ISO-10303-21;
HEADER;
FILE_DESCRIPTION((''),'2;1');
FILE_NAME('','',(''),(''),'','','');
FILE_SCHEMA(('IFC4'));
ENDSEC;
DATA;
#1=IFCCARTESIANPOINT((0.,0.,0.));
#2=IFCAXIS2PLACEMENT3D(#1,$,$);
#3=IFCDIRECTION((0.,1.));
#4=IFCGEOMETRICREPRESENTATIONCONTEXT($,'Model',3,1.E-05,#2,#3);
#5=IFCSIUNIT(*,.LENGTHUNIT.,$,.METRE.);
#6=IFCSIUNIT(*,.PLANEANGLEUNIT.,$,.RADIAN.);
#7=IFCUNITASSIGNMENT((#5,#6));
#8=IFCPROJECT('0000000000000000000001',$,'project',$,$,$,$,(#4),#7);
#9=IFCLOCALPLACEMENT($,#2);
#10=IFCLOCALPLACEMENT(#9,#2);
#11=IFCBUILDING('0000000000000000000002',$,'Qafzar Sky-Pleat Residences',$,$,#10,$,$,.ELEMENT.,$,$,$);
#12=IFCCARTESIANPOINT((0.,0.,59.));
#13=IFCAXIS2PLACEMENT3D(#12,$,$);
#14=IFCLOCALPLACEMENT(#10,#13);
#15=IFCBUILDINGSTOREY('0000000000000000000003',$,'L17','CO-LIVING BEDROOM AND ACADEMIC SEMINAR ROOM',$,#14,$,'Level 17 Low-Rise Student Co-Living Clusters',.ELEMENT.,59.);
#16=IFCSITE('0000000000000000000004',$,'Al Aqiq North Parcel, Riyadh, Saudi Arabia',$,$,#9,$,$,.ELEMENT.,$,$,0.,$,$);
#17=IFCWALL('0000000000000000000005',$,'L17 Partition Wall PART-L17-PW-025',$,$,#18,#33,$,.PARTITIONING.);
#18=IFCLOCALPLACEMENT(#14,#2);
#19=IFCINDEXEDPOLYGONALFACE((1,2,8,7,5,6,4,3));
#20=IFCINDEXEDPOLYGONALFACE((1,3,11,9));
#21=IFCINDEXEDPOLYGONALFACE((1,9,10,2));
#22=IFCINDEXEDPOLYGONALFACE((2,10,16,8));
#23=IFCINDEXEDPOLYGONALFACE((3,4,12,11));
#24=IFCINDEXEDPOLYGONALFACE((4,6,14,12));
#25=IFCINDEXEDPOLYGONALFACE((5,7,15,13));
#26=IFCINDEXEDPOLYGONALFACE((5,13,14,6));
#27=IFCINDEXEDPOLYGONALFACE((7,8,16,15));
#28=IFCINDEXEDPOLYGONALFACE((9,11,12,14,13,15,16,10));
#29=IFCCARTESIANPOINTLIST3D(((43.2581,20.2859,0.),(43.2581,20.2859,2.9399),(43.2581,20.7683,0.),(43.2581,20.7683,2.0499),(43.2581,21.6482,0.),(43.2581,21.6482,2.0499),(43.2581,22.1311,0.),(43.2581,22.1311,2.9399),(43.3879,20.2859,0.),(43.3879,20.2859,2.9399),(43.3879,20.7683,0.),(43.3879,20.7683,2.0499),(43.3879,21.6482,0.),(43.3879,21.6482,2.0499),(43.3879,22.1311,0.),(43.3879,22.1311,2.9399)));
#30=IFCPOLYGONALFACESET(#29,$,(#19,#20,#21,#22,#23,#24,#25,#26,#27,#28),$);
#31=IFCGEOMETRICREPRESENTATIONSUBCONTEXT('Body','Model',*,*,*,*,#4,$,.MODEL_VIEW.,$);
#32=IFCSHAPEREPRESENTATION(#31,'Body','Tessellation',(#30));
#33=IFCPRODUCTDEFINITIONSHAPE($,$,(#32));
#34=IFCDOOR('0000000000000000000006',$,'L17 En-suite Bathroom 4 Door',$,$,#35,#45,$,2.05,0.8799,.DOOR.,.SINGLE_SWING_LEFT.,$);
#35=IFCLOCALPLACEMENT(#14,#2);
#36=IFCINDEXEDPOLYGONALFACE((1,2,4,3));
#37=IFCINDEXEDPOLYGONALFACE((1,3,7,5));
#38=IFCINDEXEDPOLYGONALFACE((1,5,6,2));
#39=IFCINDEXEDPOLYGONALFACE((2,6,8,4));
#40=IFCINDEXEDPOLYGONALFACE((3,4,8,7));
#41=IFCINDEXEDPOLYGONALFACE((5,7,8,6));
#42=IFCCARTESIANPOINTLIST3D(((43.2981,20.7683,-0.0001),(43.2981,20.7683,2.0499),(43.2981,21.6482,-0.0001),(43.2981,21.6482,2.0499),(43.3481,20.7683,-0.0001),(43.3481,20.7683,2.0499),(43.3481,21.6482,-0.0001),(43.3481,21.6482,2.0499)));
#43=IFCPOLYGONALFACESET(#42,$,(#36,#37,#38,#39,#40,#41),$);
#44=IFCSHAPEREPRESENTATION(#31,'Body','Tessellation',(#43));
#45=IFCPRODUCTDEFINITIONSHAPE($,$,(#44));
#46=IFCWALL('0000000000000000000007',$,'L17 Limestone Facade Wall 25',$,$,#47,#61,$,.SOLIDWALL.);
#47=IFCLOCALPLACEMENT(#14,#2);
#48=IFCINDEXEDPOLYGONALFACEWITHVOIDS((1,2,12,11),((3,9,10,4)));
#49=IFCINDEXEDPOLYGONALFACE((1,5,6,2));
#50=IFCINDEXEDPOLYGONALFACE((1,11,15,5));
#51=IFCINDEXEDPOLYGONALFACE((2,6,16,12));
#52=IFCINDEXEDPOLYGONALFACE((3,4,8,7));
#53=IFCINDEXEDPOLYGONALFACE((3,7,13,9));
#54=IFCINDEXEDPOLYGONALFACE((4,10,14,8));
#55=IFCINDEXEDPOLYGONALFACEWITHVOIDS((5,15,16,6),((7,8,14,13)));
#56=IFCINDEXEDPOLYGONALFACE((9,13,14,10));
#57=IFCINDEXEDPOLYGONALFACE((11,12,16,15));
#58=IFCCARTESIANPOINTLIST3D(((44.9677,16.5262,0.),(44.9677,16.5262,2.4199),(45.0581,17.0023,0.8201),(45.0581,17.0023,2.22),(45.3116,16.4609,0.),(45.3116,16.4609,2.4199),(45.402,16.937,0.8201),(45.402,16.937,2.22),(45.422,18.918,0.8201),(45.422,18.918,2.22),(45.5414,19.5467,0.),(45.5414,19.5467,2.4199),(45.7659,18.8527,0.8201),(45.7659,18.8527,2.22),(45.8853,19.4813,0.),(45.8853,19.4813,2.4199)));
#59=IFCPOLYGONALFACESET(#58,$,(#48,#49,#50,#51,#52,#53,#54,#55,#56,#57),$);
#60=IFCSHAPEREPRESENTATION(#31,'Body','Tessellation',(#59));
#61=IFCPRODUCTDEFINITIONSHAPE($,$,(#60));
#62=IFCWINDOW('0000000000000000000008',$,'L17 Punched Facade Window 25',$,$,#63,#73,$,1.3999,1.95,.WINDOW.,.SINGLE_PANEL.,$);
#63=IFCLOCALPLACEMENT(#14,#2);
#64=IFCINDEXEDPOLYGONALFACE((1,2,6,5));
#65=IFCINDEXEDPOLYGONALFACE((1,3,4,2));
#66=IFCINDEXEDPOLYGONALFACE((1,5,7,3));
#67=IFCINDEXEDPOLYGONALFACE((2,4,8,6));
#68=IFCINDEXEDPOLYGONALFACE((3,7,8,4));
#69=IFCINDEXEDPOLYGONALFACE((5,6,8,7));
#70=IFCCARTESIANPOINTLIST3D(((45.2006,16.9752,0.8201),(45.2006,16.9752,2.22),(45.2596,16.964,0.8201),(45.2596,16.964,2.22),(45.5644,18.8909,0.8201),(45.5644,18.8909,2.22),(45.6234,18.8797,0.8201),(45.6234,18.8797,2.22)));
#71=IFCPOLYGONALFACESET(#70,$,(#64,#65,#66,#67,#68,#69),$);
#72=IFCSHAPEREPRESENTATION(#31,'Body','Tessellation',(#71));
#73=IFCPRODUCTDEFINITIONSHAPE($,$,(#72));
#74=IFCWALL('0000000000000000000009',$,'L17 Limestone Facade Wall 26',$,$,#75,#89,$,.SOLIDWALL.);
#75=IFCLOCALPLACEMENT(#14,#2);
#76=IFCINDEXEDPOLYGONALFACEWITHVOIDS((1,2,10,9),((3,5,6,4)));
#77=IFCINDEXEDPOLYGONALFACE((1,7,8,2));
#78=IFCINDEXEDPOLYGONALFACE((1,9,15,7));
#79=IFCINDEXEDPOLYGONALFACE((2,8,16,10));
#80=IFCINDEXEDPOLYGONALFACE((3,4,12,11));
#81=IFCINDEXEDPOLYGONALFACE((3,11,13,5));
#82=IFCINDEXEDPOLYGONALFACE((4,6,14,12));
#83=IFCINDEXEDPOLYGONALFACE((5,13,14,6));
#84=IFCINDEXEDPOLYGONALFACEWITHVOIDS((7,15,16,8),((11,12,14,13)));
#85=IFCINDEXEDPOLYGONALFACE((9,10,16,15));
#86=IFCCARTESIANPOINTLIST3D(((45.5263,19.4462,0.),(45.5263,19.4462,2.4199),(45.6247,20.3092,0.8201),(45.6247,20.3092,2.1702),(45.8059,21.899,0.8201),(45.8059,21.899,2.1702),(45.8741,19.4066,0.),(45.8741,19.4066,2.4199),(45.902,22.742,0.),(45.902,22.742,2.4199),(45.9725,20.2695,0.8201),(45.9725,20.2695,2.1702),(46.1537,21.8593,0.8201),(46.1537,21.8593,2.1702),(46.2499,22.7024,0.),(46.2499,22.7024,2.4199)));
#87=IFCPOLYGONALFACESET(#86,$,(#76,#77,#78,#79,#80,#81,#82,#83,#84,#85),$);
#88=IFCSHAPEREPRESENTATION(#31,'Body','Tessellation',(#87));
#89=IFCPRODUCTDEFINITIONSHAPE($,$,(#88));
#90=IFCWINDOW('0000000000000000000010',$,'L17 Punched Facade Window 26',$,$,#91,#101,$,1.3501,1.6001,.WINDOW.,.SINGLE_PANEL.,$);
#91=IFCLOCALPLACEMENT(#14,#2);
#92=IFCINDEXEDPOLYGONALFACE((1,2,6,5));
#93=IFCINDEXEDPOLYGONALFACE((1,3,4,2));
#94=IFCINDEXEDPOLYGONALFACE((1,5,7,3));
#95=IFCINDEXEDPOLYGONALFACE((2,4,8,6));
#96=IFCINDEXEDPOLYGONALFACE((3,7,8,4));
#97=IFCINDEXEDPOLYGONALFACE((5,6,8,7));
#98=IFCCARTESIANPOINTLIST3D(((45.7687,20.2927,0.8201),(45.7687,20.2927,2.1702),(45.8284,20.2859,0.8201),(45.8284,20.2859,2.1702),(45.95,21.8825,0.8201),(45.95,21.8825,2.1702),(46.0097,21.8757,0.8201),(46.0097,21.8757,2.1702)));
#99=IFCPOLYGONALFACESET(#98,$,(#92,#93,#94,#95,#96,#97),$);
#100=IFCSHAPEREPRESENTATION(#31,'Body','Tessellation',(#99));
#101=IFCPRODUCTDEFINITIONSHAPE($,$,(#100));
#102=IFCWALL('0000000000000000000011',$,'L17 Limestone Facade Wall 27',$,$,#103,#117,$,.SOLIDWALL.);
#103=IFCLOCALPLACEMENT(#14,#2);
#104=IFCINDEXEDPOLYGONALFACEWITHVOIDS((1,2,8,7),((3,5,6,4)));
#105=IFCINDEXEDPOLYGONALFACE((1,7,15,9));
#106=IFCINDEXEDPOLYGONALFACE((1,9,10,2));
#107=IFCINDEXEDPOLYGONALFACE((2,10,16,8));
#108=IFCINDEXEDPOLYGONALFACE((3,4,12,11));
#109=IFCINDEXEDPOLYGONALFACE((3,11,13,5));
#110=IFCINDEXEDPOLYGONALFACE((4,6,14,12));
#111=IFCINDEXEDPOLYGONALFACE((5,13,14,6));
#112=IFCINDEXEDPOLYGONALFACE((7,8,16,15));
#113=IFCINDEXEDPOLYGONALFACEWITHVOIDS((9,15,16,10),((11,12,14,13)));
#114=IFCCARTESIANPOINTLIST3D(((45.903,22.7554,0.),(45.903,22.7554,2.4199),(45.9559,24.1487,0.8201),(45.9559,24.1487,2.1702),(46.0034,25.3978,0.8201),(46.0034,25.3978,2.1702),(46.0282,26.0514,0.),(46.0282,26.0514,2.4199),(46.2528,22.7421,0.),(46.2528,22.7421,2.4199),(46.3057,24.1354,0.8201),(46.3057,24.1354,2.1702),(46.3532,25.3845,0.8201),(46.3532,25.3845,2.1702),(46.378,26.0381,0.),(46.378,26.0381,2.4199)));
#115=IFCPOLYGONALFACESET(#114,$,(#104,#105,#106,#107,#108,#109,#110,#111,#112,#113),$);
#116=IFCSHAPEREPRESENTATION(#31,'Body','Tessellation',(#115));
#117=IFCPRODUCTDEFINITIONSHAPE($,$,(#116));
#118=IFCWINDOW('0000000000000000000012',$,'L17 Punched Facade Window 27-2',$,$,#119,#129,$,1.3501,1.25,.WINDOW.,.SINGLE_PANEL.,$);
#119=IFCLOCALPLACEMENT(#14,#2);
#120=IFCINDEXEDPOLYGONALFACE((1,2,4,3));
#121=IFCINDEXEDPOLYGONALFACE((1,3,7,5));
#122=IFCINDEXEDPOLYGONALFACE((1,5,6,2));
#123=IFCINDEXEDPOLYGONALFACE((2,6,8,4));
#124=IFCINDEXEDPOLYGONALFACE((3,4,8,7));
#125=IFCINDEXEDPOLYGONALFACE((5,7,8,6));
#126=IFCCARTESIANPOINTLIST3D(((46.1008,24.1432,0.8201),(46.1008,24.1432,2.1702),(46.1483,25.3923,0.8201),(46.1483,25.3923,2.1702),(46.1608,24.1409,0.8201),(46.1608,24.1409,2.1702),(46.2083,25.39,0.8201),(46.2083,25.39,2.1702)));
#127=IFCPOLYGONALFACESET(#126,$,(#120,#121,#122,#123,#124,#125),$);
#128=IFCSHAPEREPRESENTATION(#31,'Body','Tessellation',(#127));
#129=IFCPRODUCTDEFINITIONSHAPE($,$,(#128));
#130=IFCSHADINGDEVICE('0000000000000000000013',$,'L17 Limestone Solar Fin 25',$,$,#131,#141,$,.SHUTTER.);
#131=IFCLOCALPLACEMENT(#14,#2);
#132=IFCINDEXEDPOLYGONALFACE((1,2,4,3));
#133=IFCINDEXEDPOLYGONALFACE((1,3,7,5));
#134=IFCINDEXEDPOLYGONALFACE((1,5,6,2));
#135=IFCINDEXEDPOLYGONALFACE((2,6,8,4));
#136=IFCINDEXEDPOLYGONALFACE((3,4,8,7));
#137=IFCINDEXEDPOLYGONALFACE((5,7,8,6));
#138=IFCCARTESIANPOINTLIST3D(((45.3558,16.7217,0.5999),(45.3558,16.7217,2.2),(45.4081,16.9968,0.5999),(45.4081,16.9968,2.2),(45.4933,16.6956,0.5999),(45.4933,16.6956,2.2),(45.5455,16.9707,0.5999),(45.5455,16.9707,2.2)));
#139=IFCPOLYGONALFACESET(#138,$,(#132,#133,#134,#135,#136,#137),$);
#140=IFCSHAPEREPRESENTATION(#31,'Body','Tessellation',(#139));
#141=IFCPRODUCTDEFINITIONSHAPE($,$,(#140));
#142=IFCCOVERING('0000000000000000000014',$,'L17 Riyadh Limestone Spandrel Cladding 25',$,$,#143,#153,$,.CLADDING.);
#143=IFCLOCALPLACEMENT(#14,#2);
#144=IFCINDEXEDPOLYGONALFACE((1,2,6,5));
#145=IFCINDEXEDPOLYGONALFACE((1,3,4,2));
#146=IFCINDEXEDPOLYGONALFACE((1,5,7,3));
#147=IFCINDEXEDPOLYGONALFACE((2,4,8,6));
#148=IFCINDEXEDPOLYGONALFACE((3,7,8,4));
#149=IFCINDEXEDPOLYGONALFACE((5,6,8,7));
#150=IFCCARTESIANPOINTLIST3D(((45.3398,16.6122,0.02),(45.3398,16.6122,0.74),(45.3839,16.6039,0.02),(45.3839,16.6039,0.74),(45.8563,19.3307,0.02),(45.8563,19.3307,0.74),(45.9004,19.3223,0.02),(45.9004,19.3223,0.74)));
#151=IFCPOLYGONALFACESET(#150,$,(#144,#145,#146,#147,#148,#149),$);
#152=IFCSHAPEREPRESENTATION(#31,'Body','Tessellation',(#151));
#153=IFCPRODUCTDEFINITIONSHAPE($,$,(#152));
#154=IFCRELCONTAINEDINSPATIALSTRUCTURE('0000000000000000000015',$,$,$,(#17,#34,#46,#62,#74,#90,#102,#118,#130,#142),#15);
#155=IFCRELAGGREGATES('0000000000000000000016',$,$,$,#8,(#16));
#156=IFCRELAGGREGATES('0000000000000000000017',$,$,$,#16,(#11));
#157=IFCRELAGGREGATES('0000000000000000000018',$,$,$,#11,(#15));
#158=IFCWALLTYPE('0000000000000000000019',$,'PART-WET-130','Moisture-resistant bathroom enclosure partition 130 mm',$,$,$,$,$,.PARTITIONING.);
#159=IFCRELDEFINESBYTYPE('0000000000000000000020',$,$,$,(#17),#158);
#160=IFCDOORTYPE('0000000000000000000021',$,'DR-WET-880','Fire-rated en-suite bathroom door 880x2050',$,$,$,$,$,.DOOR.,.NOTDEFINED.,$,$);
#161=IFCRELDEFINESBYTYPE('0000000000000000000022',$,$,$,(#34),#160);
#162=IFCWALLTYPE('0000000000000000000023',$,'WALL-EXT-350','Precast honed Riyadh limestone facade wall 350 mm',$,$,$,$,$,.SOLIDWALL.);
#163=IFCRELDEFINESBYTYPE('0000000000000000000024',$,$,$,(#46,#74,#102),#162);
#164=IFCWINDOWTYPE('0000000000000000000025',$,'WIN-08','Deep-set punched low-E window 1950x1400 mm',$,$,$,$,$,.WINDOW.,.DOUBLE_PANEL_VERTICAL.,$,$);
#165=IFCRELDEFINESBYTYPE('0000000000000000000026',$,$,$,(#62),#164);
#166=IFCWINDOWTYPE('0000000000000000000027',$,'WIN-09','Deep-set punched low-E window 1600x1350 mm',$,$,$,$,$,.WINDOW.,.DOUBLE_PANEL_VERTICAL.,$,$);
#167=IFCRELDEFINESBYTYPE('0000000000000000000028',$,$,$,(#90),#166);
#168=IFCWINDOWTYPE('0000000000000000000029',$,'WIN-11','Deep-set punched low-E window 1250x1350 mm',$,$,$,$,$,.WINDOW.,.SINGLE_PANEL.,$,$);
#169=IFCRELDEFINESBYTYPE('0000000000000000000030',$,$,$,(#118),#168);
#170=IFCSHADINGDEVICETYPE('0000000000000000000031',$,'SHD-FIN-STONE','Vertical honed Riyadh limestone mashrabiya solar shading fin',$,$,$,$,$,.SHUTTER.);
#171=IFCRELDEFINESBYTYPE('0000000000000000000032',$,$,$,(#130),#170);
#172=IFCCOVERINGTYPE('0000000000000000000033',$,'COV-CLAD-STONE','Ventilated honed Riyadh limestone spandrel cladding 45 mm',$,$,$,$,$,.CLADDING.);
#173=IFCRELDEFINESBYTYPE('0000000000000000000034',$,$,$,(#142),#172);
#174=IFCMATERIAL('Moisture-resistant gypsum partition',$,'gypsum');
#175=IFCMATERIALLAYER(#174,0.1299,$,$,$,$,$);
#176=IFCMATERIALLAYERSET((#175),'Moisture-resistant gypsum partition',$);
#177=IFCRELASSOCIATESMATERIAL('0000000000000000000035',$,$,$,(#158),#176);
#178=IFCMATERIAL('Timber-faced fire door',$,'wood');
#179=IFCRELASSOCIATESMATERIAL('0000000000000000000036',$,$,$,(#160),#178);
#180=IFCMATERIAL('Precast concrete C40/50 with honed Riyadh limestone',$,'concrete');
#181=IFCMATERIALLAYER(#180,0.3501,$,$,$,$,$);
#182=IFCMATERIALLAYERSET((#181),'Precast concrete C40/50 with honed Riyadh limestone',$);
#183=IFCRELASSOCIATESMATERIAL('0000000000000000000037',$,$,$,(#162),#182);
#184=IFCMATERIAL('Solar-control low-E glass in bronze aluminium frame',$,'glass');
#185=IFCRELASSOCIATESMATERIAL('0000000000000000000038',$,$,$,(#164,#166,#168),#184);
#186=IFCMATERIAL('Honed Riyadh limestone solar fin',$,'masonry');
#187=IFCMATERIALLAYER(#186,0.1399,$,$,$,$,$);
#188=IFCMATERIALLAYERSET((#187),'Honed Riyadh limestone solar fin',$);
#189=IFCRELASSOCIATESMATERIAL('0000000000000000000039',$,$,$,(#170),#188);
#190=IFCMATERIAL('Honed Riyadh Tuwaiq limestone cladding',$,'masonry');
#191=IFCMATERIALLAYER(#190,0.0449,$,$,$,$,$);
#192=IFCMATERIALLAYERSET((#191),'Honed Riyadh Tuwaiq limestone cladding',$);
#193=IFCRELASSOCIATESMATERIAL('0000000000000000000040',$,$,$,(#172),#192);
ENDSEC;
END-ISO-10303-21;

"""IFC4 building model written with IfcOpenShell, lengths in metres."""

from ifc_helpers import new_model, si_unit, direction, frame, frame_2d, origin, origin_2d, place, context, subcontext, project, spatial, rectangle, extrude, source, transform, mapped, material, layer, layer_set, type_object, element, fill, save


model = new_model("IFC4")

# Units and contexts
model_context = context("Model", 3, precision=1e-05, world=origin(), true_north=direction((0.0, 1.0)))
body_context = subcontext(model_context, "Body", "Model", "MODEL_VIEW")
ifc_project = project(units=[si_unit("LENGTHUNIT", "METRE"), si_unit("PLANEANGLEUNIT", "RADIAN")], contexts=[model_context])

# Site, building, storey
site_placement = place(None, origin())
site = spatial("IfcSite", under=ifc_project, at=site_placement, Name="Al Aqiq North Parcel, Riyadh, Saudi Arabia", CompositionType="ELEMENT", RefElevation=0.0)
building_placement = place(site_placement, origin())
building = spatial("IfcBuilding", under=site, at=building_placement, Name="Qafzar Sky-Pleat Residences", CompositionType="ELEMENT")
storey_placement = place(building_placement, frame((0.0, 0.0, 59.0)))
storey = spatial("IfcBuildingStorey", under=building, at=storey_placement, Name="L17", Description="CO-LIVING BEDROOM AND ACADEMIC SEMINAR ROOM", LongName="Level 17 Low-Rise Student Co-Living Clusters", CompositionType="ELEMENT", Elevation=59.0)

# Wall, opening, door
ifc_material_1 = material(Name="Moisture-resistant gypsum partition", Category="gypsum")
ifc_layer_1 = layer(ifc_material_1, 0.1299)
ifc_layer_set_1 = layer_set([ifc_layer_1], Name="Moisture-resistant gypsum partition")
wall_type_1 = type_object("IfcWallType", Name="PART-WET-130", Description="Moisture-resistant bathroom enclosure partition 130 mm", PredefinedType="PARTITIONING", material=ifc_layer_set_1)
ifc_material_2 = material(Name="Timber-faced fire door", Category="wood")
door_type = type_object("IfcDoorType", Name="DR-WET-880", Description="Fire-rated en-suite bathroom door 880x2050", OperationType="NOTDEFINED", PredefinedType="DOOR", material=ifc_material_2)
shared_shape_1 = source(origin(), body_context, "Body", "SweptSolid", [
    extrude(rectangle(XDim=0.8799, YDim=2.05, at=frame_2d((0.4399, 1.0249))), frame((0.0, 0.0249, 0.0), z_axis=(0.0, -1.0, 0.0), x_axis=(1.0, 0.0, 0.0)), (0.0, 0.0, 1.0), 0.05),
])
wall_1_placement = place(storey_placement, frame((43.323, 20.2859, 0.0), z_axis=(0.0, 0.0, 1.0), x_axis=(0.0, 1.0, 0.0)))
wall_1 = element("IfcWall", 1, at=wall_1_placement, inside=storey, type_object=wall_type_1, Name="L17 Partition Wall PART-L17-PW-025", PredefinedType="PARTITIONING", context=body_context, shape_type="SweptSolid", body=[
    extrude(rectangle(XDim=1.8452, YDim=0.1299, at=frame_2d((0.9226, 0.0))), origin(), (0.0, 0.0, 1.0), 2.9399),
])
opening_1_placement = place(wall_1_placement, frame((0.4824, 0.0, 0.0)))
opening_1 = element("IfcOpeningElement", 2, at=opening_1_placement, cuts=wall_1, PredefinedType="OPENING", context=body_context, shape_type="SweptSolid", body=[
    extrude(rectangle(XDim=0.8799, YDim=2.05, at=frame_2d((0.4399, 1.0249))), frame((0.0, 0.075, 0.0), z_axis=(0.0, -1.0, 0.0), x_axis=(1.0, 0.0, 0.0)), (0.0, 0.0, 1.0), 0.1499),
])
door_1_placement = place(opening_1_placement, origin())
door_1 = element("IfcDoor", 3, at=door_1_placement, inside=storey, type_object=door_type, Name="L17 En-suite Bathroom 4 Door", OperationType="SINGLE_SWING_LEFT", OverallHeight=2.05, OverallWidth=0.8799, PredefinedType="DOOR", context=body_context, shape_type="MappedRepresentation", body=[
    mapped(shared_shape_1, transform((0.0, 0.0, 0.0), x_axis=(1.0, 0.0, 0.0), y_axis=(0.0, 1.0, 0.0), z_axis=(0.0, 0.0, 1.0), scale=1.0)),
])
fill(opening_1, door_1)

# Walls, openings, windows
ifc_material_3 = material(Name="Precast concrete C40/50 with honed Riyadh limestone", Category="concrete")
ifc_layer_2 = layer(ifc_material_3, 0.3501)
ifc_layer_set_2 = layer_set([ifc_layer_2], Name="Precast concrete C40/50 with honed Riyadh limestone")
wall_type_2 = type_object("IfcWallType", Name="WALL-EXT-350", Description="Precast honed Riyadh limestone facade wall 350 mm", PredefinedType="SOLIDWALL", material=ifc_layer_set_2)
wall_2_placement = place(storey_placement, frame((45.1396, 16.4937, 0.0), z_axis=(0.0, 0.0, 1.0), x_axis=(0.186609, 0.982434, 0.0)))
wall_2 = element("IfcWall", 4, at=wall_2_placement, inside=storey, type_object=wall_type_2, Name="L17 Limestone Facade Wall 25", PredefinedType="SOLIDWALL", context=body_context, shape_type="SweptSolid", body=[
    extrude(rectangle(XDim=3.0745, YDim=0.3501, at=frame_2d((1.5371, 0.0))), origin(), (0.0, 0.0, 1.0), 2.4199),
])
opening_2_placement = place(wall_2_placement, frame((0.4844, 0.0, 0.8201)))
opening_2 = element("IfcOpeningElement", 5, at=opening_2_placement, cuts=wall_2, PredefinedType="OPENING", context=body_context, shape_type="SweptSolid", body=[
    extrude(rectangle(XDim=1.95, YDim=1.3999, at=frame_2d((0.9751, 0.7))), frame((0.0, 0.1851, 0.0), z_axis=(0.0, -1.0, 0.0), x_axis=(1.0, 0.0, 0.0)), (0.0, 0.0, 1.0), 0.3701),
])
ifc_material_4 = material(Name="Solar-control low-E glass in bronze aluminium frame", Category="glass")
window_type_1 = type_object("IfcWindowType", Name="WIN-08", Description="Deep-set punched low-E window 1950x1400 mm", PartitioningType="DOUBLE_PANEL_VERTICAL", PredefinedType="WINDOW", material=ifc_material_4)
shared_shape_2 = source(origin(), body_context, "Body", "SweptSolid", [
    extrude(rectangle(XDim=1.95, YDim=1.3999, at=frame_2d((0.9751, 0.7))), frame((0.0, 0.03, 0.0), z_axis=(0.0, -1.0, 0.0), x_axis=(1.0, 0.0, 0.0)), (0.0, 0.0, 1.0), 0.0601),
])
window_1_placement = place(opening_2_placement, origin())
window_1 = element("IfcWindow", 6, at=window_1_placement, inside=storey, type_object=window_type_1, Name="L17 Punched Facade Window 25", OverallHeight=1.3999, OverallWidth=1.95, PartitioningType="SINGLE_PANEL", PredefinedType="WINDOW", context=body_context, shape_type="MappedRepresentation", body=[
    mapped(shared_shape_2, transform((0.0, 0.0, 0.0), x_axis=(1.0, 0.0, 0.0), y_axis=(0.0, 1.0, 0.0), z_axis=(0.0, 0.0, 1.0), scale=1.0)),
])
fill(opening_2, window_1)
wall_3_placement = place(storey_placement, frame((45.7002, 19.4263, 0.0), z_axis=(0.0, 0.0, 1.0), x_axis=(0.113266, 0.993565, 0.0)))
wall_3 = element("IfcWall", 7, at=wall_3_placement, inside=storey, type_object=wall_type_2, Name="L17 Limestone Facade Wall 26", PredefinedType="SOLIDWALL", context=body_context, shape_type="SweptSolid", body=[
    extrude(rectangle(XDim=3.3171, YDim=0.3501, at=frame_2d((1.6587, 0.0))), origin(), (0.0, 0.0, 1.0), 2.4199),
])
opening_3_placement = place(wall_3_placement, frame((0.8687, 0.0, 0.8201)))
opening_3 = element("IfcOpeningElement", 8, at=opening_3_placement, cuts=wall_3, PredefinedType="OPENING", context=body_context, shape_type="SweptSolid", body=[
    extrude(rectangle(XDim=1.6001, YDim=1.3501, at=frame_2d((0.8, 0.675))), frame((0.0, 0.1851, 0.0), z_axis=(0.0, -1.0, 0.0), x_axis=(1.0, 0.0, 0.0)), (0.0, 0.0, 1.0), 0.3701),
])
window_type_2 = type_object("IfcWindowType", Name="WIN-09", Description="Deep-set punched low-E window 1600x1350 mm", PartitioningType="DOUBLE_PANEL_VERTICAL", PredefinedType="WINDOW", material=ifc_material_4)
shared_shape_3 = source(origin(), body_context, "Body", "SweptSolid", [
    extrude(rectangle(XDim=1.6001, YDim=1.3501, at=frame_2d((0.8, 0.675))), frame((0.0, 0.03, 0.0), z_axis=(0.0, -1.0, 0.0), x_axis=(1.0, 0.0, 0.0)), (0.0, 0.0, 1.0), 0.0601),
])
window_2_placement = place(opening_3_placement, origin())
window_2 = element("IfcWindow", 9, at=window_2_placement, inside=storey, type_object=window_type_2, Name="L17 Punched Facade Window 26", OverallHeight=1.3501, OverallWidth=1.6001, PartitioningType="SINGLE_PANEL", PredefinedType="WINDOW", context=body_context, shape_type="MappedRepresentation", body=[
    mapped(shared_shape_3, transform((0.0, 0.0, 0.0), x_axis=(1.0, 0.0, 0.0), y_axis=(0.0, 1.0, 0.0), z_axis=(0.0, 0.0, 1.0), scale=1.0)),
])
fill(opening_3, window_2)
wall_4_placement = place(storey_placement, frame((46.0779, 22.7488, 0.0), z_axis=(0.0, 0.0, 1.0), x_axis=(0.037973, 0.999279, 0.0)))
wall_4 = element("IfcWall", 10, at=wall_4_placement, inside=storey, type_object=wall_type_2, Name="L17 Limestone Facade Wall 27", PredefinedType="SOLIDWALL", context=body_context, shape_type="SweptSolid", body=[
    extrude(rectangle(XDim=3.2983, YDim=0.3501, at=frame_2d((1.6492, 0.0))), origin(), (0.0, 0.0, 1.0), 2.4199),
])
opening_4_placement = place(wall_4_placement, frame((1.3943, 0.0, 0.8201)))
opening_4 = element("IfcOpeningElement", 11, at=opening_4_placement, cuts=wall_4, PredefinedType="OPENING", context=body_context, shape_type="SweptSolid", body=[
    extrude(rectangle(XDim=1.25, YDim=1.3501, at=frame_2d((0.625, 0.675))), frame((0.0, 0.1851, 0.0), z_axis=(0.0, -1.0, 0.0), x_axis=(1.0, 0.0, 0.0)), (0.0, 0.0, 1.0), 0.3701),
])
window_type_3 = type_object("IfcWindowType", Name="WIN-11", Description="Deep-set punched low-E window 1250x1350 mm", PartitioningType="SINGLE_PANEL", PredefinedType="WINDOW", material=ifc_material_4)
shared_shape_4 = source(origin(), body_context, "Body", "SweptSolid", [
    extrude(rectangle(XDim=1.25, YDim=1.3501, at=frame_2d((0.625, 0.675))), frame((0.0, 0.03, 0.0), z_axis=(0.0, -1.0, 0.0), x_axis=(1.0, 0.0, 0.0)), (0.0, 0.0, 1.0), 0.0601),
])
window_3_placement = place(opening_4_placement, origin())
window_3 = element("IfcWindow", 12, at=window_3_placement, inside=storey, type_object=window_type_3, Name="L17 Punched Facade Window 27-2", OverallHeight=1.3501, OverallWidth=1.25, PartitioningType="SINGLE_PANEL", PredefinedType="WINDOW", context=body_context, shape_type="MappedRepresentation", body=[
    mapped(shared_shape_4, transform((0.0, 0.0, 0.0), x_axis=(1.0, 0.0, 0.0), y_axis=(0.0, 1.0, 0.0), z_axis=(0.0, 0.0, 1.0), scale=1.0)),
])
fill(opening_4, window_3)

# Shading device
ifc_material_5 = material(Name="Honed Riyadh limestone solar fin", Category="masonry")
ifc_layer_3 = layer(ifc_material_5, 0.1399)
ifc_layer_set_3 = layer_set([ifc_layer_3], Name="Honed Riyadh limestone solar fin")
shading_device_type = type_object("IfcShadingDeviceType", Name="SHD-FIN-STONE", Description="Vertical honed Riyadh limestone mashrabiya solar shading fin", PredefinedType="SHUTTER", material=ifc_layer_set_3)
shared_shape_5 = source(origin(), body_context, "Body", "SweptSolid", [
    extrude(rectangle(XDim=0.1399, YDim=0.28, at=origin_2d()), origin(), (0.0, 0.0, 1.0), 1.6001),
])
shading_device_placement = place(storey_placement, frame((45.4507, 16.8462, 0.5999), z_axis=(0.0, 0.0, 1.0), x_axis=(0.982425, -0.18666, 0.0)))
element("IfcShadingDevice", 13, at=shading_device_placement, inside=storey, type_object=shading_device_type, Name="L17 Limestone Solar Fin 25", PredefinedType="SHUTTER", context=body_context, shape_type="MappedRepresentation", body=[
    mapped(shared_shape_5, transform((0.0, 0.0, 0.0), x_axis=(1.0, 0.0, 0.0), y_axis=(0.0, 1.0, 0.0), z_axis=(0.0, 0.0, 1.0), scale=1.0)),
])

# Covering
ifc_material_6 = material(Name="Honed Riyadh Tuwaiq limestone cladding", Category="masonry")
ifc_layer_4 = layer(ifc_material_6, 0.0449)
ifc_layer_set_4 = layer_set([ifc_layer_4], Name="Honed Riyadh Tuwaiq limestone cladding")
covering_type = type_object("IfcCoveringType", Name="COV-CLAD-STONE", Description="Ventilated honed Riyadh limestone spandrel cladding 45 mm", PredefinedType="CLADDING", material=ifc_layer_set_4)
shared_shape_6 = source(origin(), body_context, "Body", "SweptSolid", [
    extrude(rectangle(XDim=2.7671, YDim=0.0449, at=origin_2d()), origin(), (0.0, 0.0, 1.0), 0.72),
])
covering_placement = place(storey_placement, frame((45.6201, 17.9673, 0.02), z_axis=(0.0, 0.0, 1.0), x_axis=(0.186662, 0.982424, 0.0)))
element("IfcCovering", 14, at=covering_placement, inside=storey, type_object=covering_type, Name="L17 Riyadh Limestone Spandrel Cladding 25", PredefinedType="CLADDING", context=body_context, shape_type="MappedRepresentation", body=[
    mapped(shared_shape_6, transform((0.0, 0.0, 0.0), x_axis=(1.0, 0.0, 0.0), y_axis=(0.0, 1.0, 0.0), z_axis=(0.0, 0.0, 1.0), scale=1.0)),
])

save(model, "model.ifc")
